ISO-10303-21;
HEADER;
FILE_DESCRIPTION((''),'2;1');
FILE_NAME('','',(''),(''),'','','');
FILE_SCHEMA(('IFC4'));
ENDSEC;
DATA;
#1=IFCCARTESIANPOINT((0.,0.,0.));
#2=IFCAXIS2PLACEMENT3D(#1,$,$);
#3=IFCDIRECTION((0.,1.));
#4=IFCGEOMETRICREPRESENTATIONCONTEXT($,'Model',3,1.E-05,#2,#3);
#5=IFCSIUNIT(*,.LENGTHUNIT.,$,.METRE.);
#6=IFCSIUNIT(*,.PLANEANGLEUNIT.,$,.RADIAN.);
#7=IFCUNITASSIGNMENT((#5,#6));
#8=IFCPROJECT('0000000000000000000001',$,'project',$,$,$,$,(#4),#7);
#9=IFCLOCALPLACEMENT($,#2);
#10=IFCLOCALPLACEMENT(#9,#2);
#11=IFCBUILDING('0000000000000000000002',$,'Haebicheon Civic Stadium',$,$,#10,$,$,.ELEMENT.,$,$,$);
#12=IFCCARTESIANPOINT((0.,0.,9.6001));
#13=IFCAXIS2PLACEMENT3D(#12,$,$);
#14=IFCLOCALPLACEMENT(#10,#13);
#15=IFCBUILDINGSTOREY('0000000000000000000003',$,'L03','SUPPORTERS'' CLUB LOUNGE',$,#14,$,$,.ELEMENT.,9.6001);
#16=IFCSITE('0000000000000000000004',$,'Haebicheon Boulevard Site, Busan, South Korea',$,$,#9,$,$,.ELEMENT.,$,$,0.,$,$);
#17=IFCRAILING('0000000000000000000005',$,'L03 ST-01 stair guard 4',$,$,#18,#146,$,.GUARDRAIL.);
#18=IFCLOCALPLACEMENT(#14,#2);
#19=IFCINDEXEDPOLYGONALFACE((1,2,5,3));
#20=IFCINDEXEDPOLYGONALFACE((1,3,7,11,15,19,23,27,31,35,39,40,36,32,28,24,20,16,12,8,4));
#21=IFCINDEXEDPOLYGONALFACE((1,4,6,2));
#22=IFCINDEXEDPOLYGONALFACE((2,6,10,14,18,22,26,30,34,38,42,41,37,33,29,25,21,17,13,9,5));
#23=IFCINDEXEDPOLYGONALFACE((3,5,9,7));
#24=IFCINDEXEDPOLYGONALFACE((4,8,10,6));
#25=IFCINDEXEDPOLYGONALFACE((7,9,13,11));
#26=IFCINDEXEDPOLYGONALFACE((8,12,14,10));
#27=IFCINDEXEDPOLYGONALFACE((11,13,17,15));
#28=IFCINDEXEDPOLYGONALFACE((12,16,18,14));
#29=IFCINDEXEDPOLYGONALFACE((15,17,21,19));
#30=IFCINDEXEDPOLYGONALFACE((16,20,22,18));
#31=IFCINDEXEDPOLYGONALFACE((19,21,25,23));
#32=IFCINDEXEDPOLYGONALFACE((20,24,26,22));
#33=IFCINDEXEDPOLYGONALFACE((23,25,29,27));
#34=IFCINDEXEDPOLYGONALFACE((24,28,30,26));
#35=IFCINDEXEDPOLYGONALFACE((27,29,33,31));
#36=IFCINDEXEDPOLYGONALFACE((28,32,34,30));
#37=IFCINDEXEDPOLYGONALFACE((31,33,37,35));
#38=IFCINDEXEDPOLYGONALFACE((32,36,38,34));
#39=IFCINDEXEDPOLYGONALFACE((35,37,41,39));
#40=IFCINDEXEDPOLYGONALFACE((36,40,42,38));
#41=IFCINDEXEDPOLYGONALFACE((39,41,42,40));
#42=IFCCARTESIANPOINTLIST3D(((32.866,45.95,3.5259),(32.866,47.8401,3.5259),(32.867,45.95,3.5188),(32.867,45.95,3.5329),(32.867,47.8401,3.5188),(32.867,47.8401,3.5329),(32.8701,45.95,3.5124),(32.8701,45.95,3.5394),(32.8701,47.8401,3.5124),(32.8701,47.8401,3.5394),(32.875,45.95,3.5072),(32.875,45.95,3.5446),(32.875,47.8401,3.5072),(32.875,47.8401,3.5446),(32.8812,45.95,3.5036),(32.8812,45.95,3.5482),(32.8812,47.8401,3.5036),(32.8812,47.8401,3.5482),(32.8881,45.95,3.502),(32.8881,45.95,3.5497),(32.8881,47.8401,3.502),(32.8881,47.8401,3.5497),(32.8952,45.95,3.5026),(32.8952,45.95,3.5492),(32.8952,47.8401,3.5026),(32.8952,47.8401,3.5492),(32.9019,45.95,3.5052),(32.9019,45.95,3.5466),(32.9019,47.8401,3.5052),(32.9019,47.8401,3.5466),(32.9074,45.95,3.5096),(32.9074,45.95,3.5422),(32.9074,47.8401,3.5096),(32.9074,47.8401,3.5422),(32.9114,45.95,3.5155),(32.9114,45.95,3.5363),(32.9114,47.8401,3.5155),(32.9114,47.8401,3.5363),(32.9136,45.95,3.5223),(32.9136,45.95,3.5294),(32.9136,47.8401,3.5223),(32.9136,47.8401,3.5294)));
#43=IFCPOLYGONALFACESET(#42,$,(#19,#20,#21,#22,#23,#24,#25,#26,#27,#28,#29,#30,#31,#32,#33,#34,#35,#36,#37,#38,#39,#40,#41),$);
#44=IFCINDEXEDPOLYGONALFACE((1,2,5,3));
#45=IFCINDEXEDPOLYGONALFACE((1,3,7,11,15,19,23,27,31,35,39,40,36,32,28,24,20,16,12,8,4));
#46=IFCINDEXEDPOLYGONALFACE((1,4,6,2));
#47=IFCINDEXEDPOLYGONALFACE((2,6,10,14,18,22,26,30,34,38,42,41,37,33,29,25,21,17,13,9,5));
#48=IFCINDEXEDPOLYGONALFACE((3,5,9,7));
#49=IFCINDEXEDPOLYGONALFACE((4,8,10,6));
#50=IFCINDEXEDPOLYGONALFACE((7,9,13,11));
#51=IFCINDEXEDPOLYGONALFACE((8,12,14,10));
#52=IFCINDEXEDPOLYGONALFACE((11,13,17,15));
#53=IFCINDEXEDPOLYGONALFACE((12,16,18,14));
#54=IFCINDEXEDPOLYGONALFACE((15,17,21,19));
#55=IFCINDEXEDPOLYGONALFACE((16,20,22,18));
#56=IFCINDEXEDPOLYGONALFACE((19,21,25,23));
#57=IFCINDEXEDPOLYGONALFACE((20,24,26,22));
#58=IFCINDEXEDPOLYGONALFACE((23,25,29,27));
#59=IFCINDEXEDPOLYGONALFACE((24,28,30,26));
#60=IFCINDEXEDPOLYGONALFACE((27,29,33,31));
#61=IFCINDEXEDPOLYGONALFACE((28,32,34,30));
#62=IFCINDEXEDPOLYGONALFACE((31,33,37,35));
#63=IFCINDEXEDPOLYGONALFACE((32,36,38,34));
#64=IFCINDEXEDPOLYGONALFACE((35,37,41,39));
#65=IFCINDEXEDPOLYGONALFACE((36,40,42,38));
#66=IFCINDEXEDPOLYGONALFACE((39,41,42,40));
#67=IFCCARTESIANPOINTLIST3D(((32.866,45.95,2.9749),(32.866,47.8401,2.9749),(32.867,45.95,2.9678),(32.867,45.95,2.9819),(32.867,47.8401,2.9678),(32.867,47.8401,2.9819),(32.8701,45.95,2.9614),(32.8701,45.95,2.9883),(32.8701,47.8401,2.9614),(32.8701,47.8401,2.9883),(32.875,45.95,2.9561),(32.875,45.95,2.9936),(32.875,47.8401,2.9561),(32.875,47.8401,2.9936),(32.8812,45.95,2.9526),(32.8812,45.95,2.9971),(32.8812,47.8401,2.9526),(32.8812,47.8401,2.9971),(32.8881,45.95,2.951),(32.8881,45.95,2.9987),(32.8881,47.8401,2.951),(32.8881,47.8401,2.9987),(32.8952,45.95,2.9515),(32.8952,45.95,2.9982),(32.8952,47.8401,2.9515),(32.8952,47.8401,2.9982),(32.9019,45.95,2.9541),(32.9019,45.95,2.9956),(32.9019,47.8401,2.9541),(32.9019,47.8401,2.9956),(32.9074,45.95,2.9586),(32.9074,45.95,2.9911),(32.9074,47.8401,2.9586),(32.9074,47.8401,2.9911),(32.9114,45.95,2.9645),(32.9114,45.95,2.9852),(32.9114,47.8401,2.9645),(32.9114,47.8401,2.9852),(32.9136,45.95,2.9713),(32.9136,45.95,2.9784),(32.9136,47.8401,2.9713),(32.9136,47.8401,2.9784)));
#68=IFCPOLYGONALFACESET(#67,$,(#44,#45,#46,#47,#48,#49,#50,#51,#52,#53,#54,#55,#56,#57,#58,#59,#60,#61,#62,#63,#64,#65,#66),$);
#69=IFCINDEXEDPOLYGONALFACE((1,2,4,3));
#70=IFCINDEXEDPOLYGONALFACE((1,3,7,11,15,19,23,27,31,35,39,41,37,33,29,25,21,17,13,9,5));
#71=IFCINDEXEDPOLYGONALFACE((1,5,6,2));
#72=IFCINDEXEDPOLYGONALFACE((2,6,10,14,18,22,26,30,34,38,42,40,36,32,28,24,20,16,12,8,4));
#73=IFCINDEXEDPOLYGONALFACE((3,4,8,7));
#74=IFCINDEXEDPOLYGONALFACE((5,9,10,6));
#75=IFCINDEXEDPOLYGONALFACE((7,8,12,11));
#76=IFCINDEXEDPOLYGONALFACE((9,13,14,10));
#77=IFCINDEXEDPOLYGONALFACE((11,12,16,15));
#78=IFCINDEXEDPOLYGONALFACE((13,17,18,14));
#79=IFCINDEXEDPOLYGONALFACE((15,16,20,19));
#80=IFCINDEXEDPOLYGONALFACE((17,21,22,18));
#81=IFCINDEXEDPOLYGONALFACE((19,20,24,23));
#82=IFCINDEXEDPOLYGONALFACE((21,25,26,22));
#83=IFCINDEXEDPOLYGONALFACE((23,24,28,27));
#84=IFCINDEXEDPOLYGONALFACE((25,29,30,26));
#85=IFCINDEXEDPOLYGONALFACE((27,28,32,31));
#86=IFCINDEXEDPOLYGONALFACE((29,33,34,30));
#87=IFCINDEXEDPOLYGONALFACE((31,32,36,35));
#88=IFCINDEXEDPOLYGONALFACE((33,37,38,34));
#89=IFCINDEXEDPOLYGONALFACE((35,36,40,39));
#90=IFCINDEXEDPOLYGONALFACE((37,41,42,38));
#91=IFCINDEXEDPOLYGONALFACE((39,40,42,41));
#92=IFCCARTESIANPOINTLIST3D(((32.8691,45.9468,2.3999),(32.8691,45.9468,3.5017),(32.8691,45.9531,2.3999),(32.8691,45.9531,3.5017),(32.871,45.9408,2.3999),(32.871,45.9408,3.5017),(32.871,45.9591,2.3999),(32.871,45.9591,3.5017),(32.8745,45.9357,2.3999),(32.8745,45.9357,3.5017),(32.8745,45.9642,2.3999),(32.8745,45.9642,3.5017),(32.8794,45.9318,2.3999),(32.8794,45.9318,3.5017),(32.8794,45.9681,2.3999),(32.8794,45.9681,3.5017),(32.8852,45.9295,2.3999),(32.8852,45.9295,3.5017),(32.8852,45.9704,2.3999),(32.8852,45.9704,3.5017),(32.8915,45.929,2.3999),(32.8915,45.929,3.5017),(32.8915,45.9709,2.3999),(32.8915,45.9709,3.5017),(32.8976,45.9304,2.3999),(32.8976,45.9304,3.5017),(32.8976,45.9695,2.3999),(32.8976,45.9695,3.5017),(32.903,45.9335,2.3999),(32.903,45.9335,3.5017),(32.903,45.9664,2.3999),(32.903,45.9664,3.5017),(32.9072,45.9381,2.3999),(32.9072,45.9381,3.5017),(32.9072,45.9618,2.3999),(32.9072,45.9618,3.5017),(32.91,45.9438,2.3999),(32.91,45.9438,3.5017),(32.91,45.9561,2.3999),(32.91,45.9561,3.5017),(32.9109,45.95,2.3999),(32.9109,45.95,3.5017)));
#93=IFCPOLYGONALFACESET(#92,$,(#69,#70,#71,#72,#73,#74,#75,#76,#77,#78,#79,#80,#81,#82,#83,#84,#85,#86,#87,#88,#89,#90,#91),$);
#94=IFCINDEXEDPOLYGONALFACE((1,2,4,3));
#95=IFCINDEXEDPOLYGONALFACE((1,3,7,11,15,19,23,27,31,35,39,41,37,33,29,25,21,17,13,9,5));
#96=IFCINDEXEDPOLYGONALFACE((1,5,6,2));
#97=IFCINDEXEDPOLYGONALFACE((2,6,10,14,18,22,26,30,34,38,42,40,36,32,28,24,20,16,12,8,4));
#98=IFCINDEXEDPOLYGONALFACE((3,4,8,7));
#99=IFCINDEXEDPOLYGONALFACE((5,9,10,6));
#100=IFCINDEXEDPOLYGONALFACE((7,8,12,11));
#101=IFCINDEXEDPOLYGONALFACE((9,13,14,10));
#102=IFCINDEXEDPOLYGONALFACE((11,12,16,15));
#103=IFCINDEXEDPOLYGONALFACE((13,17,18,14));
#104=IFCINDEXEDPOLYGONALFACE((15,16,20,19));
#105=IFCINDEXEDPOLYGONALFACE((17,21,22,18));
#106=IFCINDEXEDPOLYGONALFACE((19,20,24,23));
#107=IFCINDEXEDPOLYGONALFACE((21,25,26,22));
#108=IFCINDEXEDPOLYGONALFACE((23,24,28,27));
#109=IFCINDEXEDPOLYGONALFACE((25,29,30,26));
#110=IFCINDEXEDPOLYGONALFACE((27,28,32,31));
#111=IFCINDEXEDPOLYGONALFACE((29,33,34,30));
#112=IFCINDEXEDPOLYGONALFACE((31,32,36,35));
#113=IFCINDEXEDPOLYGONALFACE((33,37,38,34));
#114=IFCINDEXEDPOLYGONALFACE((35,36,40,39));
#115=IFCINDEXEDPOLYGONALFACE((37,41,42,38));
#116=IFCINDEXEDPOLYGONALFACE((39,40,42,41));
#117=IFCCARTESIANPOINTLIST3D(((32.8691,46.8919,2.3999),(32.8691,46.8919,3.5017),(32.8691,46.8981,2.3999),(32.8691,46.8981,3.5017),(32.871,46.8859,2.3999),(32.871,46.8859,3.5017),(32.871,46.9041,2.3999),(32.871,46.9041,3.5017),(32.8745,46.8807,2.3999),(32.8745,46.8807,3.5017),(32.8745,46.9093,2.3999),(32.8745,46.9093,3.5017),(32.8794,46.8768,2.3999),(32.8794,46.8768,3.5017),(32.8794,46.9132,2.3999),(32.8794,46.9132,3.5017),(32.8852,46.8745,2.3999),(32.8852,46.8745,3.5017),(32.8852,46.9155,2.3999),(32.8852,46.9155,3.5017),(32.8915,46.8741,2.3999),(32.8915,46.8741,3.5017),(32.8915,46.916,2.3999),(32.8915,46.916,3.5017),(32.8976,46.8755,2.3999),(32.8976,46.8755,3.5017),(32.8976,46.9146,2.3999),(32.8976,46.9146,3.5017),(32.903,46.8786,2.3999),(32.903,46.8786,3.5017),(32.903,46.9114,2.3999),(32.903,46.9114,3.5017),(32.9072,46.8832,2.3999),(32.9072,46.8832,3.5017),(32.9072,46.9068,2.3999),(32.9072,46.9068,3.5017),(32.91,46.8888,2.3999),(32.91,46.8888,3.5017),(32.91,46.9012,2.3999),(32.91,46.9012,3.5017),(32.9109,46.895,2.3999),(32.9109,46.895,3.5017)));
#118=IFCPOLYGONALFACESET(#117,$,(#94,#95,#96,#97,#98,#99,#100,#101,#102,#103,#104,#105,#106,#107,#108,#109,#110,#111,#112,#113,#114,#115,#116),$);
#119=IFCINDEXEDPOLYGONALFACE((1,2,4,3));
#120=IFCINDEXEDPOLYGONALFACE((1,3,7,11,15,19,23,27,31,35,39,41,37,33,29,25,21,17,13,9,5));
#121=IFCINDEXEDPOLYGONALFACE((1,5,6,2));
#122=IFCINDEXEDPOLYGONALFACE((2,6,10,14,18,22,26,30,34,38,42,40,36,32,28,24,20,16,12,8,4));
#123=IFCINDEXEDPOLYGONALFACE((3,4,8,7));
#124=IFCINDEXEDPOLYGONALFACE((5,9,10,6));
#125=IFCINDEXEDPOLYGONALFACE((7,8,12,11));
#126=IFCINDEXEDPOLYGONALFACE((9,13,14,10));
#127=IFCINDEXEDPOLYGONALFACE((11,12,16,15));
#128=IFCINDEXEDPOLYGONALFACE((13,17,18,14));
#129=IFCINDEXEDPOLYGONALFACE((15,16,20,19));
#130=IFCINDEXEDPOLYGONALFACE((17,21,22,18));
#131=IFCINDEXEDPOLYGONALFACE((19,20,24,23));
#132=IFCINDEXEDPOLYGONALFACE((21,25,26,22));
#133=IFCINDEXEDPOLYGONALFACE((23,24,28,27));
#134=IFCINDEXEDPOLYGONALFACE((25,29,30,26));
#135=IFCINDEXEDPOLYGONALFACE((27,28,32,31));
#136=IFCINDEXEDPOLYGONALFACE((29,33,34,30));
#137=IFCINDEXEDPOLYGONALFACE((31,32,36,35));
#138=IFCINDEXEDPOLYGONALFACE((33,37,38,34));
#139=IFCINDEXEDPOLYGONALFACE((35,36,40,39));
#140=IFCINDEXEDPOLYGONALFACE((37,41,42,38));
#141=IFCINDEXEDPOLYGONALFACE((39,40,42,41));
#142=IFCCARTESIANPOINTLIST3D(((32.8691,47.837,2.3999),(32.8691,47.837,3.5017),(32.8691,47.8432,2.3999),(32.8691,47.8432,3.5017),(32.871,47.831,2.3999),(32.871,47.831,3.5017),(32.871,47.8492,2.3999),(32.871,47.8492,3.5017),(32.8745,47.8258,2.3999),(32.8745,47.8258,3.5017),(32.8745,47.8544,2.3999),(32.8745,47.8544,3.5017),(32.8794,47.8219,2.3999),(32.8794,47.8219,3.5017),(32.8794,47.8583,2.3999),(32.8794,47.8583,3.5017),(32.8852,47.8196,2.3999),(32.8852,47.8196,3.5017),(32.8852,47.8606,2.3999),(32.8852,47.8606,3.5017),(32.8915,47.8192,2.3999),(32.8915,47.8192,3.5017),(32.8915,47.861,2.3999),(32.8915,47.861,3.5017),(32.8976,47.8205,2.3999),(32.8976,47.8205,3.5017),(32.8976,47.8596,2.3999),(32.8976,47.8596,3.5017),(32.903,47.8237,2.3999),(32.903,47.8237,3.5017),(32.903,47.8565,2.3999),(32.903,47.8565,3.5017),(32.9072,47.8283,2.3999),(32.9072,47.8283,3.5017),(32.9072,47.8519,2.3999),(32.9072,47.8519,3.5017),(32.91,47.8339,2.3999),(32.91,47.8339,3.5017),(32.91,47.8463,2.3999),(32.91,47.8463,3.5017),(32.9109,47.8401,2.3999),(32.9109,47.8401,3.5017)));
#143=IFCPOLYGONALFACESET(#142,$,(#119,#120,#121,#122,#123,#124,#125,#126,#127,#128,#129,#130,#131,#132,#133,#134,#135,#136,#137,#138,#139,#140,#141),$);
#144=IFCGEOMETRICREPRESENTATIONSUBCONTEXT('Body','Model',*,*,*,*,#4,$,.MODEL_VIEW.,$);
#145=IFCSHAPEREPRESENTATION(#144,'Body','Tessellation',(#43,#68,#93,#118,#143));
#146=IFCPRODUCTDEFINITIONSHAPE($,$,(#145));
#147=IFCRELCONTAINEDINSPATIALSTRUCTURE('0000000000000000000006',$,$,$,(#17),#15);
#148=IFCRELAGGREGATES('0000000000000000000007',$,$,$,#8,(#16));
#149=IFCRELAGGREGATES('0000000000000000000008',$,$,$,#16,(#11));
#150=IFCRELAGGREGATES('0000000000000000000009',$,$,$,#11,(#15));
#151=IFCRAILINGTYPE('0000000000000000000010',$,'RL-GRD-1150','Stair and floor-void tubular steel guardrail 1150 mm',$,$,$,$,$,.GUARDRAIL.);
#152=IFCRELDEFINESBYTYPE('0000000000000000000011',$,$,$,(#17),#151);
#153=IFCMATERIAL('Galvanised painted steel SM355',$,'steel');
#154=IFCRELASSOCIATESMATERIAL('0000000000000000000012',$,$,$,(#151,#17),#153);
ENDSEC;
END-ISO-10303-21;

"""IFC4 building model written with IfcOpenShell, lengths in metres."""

from ifc_helpers import new_model, si_unit, direction, frame, origin, origin_2d, place, context, subcontext, project, spatial, circle, extrude, material, type_object, element, save


model = new_model("IFC4")

# Units and contexts
model_context = context("Model", 3, precision=1e-05, world=origin(), true_north=direction((0.0, 1.0)))
body_context = subcontext(model_context, "Body", "Model", "MODEL_VIEW")
ifc_project = project(units=[si_unit("LENGTHUNIT", "METRE"), si_unit("PLANEANGLEUNIT", "RADIAN")], contexts=[model_context])

# Site, building, storey
site_placement = place(None, origin())
site = spatial("IfcSite", under=ifc_project, at=site_placement, Name="Haebicheon Boulevard Site, Busan, South Korea", CompositionType="ELEMENT", RefElevation=0.0)
building_placement = place(site_placement, origin())
building = spatial("IfcBuilding", under=site, at=building_placement, Name="Haebicheon Civic Stadium", CompositionType="ELEMENT")
storey_placement = place(building_placement, frame((0.0, 0.0, 9.6001)))
storey = spatial("IfcBuildingStorey", under=building, at=storey_placement, Name="L03", Description="SUPPORTERS' CLUB LOUNGE", CompositionType="ELEMENT", Elevation=9.6001)

# Railing
ifc_material_1 = material(Name="Galvanised painted steel SM355", Category="steel")
railing_type_1 = type_object("IfcRailingType", Name="RL-GRD-1150", Description="Stair and floor-void tubular steel guardrail 1150 mm", PredefinedType="GUARDRAIL", material=ifc_material_1)
for number, where, name in (
    (1, (32.8899, 45.95, 2.3999), "L03 ST-01 stair guard 4"),
):
    element("IfcRailing", number, at=place(storey_placement, frame(where)), inside=storey, type_object=railing_type_1, material=ifc_material_1, Name=name, PredefinedType="GUARDRAIL", context=body_context, shape_type="SweptSolid", body=[
        extrude(circle(Radius=0.0239, at=origin_2d()), frame((0.0, 0.0, 1.126), z_axis=(0.0, 1.0, 0.0), x_axis=(-1.0, 0.0, 0.0)), (0.0, 0.0, 1.0), 1.8901),
        extrude(circle(Radius=0.0239, at=origin_2d()), frame((0.0, 0.0, 0.575), z_axis=(0.0, 1.0, 0.0), x_axis=(-1.0, 0.0, 0.0)), (0.0, 0.0, 1.0), 1.8901),
        extrude(circle(Radius=0.021, at=origin_2d()), origin(), (0.0, 0.0, 1.0), 1.1018),
        extrude(circle(Radius=0.021, at=origin_2d()), frame((0.0, 0.9451, 0.0)), (0.0, 0.0, 1.0), 1.1018),
        extrude(circle(Radius=0.021, at=origin_2d()), frame((0.0, 1.8901, 0.0)), (0.0, 0.0, 1.0), 1.1018),
    ])

save(model, "model.ifc")
